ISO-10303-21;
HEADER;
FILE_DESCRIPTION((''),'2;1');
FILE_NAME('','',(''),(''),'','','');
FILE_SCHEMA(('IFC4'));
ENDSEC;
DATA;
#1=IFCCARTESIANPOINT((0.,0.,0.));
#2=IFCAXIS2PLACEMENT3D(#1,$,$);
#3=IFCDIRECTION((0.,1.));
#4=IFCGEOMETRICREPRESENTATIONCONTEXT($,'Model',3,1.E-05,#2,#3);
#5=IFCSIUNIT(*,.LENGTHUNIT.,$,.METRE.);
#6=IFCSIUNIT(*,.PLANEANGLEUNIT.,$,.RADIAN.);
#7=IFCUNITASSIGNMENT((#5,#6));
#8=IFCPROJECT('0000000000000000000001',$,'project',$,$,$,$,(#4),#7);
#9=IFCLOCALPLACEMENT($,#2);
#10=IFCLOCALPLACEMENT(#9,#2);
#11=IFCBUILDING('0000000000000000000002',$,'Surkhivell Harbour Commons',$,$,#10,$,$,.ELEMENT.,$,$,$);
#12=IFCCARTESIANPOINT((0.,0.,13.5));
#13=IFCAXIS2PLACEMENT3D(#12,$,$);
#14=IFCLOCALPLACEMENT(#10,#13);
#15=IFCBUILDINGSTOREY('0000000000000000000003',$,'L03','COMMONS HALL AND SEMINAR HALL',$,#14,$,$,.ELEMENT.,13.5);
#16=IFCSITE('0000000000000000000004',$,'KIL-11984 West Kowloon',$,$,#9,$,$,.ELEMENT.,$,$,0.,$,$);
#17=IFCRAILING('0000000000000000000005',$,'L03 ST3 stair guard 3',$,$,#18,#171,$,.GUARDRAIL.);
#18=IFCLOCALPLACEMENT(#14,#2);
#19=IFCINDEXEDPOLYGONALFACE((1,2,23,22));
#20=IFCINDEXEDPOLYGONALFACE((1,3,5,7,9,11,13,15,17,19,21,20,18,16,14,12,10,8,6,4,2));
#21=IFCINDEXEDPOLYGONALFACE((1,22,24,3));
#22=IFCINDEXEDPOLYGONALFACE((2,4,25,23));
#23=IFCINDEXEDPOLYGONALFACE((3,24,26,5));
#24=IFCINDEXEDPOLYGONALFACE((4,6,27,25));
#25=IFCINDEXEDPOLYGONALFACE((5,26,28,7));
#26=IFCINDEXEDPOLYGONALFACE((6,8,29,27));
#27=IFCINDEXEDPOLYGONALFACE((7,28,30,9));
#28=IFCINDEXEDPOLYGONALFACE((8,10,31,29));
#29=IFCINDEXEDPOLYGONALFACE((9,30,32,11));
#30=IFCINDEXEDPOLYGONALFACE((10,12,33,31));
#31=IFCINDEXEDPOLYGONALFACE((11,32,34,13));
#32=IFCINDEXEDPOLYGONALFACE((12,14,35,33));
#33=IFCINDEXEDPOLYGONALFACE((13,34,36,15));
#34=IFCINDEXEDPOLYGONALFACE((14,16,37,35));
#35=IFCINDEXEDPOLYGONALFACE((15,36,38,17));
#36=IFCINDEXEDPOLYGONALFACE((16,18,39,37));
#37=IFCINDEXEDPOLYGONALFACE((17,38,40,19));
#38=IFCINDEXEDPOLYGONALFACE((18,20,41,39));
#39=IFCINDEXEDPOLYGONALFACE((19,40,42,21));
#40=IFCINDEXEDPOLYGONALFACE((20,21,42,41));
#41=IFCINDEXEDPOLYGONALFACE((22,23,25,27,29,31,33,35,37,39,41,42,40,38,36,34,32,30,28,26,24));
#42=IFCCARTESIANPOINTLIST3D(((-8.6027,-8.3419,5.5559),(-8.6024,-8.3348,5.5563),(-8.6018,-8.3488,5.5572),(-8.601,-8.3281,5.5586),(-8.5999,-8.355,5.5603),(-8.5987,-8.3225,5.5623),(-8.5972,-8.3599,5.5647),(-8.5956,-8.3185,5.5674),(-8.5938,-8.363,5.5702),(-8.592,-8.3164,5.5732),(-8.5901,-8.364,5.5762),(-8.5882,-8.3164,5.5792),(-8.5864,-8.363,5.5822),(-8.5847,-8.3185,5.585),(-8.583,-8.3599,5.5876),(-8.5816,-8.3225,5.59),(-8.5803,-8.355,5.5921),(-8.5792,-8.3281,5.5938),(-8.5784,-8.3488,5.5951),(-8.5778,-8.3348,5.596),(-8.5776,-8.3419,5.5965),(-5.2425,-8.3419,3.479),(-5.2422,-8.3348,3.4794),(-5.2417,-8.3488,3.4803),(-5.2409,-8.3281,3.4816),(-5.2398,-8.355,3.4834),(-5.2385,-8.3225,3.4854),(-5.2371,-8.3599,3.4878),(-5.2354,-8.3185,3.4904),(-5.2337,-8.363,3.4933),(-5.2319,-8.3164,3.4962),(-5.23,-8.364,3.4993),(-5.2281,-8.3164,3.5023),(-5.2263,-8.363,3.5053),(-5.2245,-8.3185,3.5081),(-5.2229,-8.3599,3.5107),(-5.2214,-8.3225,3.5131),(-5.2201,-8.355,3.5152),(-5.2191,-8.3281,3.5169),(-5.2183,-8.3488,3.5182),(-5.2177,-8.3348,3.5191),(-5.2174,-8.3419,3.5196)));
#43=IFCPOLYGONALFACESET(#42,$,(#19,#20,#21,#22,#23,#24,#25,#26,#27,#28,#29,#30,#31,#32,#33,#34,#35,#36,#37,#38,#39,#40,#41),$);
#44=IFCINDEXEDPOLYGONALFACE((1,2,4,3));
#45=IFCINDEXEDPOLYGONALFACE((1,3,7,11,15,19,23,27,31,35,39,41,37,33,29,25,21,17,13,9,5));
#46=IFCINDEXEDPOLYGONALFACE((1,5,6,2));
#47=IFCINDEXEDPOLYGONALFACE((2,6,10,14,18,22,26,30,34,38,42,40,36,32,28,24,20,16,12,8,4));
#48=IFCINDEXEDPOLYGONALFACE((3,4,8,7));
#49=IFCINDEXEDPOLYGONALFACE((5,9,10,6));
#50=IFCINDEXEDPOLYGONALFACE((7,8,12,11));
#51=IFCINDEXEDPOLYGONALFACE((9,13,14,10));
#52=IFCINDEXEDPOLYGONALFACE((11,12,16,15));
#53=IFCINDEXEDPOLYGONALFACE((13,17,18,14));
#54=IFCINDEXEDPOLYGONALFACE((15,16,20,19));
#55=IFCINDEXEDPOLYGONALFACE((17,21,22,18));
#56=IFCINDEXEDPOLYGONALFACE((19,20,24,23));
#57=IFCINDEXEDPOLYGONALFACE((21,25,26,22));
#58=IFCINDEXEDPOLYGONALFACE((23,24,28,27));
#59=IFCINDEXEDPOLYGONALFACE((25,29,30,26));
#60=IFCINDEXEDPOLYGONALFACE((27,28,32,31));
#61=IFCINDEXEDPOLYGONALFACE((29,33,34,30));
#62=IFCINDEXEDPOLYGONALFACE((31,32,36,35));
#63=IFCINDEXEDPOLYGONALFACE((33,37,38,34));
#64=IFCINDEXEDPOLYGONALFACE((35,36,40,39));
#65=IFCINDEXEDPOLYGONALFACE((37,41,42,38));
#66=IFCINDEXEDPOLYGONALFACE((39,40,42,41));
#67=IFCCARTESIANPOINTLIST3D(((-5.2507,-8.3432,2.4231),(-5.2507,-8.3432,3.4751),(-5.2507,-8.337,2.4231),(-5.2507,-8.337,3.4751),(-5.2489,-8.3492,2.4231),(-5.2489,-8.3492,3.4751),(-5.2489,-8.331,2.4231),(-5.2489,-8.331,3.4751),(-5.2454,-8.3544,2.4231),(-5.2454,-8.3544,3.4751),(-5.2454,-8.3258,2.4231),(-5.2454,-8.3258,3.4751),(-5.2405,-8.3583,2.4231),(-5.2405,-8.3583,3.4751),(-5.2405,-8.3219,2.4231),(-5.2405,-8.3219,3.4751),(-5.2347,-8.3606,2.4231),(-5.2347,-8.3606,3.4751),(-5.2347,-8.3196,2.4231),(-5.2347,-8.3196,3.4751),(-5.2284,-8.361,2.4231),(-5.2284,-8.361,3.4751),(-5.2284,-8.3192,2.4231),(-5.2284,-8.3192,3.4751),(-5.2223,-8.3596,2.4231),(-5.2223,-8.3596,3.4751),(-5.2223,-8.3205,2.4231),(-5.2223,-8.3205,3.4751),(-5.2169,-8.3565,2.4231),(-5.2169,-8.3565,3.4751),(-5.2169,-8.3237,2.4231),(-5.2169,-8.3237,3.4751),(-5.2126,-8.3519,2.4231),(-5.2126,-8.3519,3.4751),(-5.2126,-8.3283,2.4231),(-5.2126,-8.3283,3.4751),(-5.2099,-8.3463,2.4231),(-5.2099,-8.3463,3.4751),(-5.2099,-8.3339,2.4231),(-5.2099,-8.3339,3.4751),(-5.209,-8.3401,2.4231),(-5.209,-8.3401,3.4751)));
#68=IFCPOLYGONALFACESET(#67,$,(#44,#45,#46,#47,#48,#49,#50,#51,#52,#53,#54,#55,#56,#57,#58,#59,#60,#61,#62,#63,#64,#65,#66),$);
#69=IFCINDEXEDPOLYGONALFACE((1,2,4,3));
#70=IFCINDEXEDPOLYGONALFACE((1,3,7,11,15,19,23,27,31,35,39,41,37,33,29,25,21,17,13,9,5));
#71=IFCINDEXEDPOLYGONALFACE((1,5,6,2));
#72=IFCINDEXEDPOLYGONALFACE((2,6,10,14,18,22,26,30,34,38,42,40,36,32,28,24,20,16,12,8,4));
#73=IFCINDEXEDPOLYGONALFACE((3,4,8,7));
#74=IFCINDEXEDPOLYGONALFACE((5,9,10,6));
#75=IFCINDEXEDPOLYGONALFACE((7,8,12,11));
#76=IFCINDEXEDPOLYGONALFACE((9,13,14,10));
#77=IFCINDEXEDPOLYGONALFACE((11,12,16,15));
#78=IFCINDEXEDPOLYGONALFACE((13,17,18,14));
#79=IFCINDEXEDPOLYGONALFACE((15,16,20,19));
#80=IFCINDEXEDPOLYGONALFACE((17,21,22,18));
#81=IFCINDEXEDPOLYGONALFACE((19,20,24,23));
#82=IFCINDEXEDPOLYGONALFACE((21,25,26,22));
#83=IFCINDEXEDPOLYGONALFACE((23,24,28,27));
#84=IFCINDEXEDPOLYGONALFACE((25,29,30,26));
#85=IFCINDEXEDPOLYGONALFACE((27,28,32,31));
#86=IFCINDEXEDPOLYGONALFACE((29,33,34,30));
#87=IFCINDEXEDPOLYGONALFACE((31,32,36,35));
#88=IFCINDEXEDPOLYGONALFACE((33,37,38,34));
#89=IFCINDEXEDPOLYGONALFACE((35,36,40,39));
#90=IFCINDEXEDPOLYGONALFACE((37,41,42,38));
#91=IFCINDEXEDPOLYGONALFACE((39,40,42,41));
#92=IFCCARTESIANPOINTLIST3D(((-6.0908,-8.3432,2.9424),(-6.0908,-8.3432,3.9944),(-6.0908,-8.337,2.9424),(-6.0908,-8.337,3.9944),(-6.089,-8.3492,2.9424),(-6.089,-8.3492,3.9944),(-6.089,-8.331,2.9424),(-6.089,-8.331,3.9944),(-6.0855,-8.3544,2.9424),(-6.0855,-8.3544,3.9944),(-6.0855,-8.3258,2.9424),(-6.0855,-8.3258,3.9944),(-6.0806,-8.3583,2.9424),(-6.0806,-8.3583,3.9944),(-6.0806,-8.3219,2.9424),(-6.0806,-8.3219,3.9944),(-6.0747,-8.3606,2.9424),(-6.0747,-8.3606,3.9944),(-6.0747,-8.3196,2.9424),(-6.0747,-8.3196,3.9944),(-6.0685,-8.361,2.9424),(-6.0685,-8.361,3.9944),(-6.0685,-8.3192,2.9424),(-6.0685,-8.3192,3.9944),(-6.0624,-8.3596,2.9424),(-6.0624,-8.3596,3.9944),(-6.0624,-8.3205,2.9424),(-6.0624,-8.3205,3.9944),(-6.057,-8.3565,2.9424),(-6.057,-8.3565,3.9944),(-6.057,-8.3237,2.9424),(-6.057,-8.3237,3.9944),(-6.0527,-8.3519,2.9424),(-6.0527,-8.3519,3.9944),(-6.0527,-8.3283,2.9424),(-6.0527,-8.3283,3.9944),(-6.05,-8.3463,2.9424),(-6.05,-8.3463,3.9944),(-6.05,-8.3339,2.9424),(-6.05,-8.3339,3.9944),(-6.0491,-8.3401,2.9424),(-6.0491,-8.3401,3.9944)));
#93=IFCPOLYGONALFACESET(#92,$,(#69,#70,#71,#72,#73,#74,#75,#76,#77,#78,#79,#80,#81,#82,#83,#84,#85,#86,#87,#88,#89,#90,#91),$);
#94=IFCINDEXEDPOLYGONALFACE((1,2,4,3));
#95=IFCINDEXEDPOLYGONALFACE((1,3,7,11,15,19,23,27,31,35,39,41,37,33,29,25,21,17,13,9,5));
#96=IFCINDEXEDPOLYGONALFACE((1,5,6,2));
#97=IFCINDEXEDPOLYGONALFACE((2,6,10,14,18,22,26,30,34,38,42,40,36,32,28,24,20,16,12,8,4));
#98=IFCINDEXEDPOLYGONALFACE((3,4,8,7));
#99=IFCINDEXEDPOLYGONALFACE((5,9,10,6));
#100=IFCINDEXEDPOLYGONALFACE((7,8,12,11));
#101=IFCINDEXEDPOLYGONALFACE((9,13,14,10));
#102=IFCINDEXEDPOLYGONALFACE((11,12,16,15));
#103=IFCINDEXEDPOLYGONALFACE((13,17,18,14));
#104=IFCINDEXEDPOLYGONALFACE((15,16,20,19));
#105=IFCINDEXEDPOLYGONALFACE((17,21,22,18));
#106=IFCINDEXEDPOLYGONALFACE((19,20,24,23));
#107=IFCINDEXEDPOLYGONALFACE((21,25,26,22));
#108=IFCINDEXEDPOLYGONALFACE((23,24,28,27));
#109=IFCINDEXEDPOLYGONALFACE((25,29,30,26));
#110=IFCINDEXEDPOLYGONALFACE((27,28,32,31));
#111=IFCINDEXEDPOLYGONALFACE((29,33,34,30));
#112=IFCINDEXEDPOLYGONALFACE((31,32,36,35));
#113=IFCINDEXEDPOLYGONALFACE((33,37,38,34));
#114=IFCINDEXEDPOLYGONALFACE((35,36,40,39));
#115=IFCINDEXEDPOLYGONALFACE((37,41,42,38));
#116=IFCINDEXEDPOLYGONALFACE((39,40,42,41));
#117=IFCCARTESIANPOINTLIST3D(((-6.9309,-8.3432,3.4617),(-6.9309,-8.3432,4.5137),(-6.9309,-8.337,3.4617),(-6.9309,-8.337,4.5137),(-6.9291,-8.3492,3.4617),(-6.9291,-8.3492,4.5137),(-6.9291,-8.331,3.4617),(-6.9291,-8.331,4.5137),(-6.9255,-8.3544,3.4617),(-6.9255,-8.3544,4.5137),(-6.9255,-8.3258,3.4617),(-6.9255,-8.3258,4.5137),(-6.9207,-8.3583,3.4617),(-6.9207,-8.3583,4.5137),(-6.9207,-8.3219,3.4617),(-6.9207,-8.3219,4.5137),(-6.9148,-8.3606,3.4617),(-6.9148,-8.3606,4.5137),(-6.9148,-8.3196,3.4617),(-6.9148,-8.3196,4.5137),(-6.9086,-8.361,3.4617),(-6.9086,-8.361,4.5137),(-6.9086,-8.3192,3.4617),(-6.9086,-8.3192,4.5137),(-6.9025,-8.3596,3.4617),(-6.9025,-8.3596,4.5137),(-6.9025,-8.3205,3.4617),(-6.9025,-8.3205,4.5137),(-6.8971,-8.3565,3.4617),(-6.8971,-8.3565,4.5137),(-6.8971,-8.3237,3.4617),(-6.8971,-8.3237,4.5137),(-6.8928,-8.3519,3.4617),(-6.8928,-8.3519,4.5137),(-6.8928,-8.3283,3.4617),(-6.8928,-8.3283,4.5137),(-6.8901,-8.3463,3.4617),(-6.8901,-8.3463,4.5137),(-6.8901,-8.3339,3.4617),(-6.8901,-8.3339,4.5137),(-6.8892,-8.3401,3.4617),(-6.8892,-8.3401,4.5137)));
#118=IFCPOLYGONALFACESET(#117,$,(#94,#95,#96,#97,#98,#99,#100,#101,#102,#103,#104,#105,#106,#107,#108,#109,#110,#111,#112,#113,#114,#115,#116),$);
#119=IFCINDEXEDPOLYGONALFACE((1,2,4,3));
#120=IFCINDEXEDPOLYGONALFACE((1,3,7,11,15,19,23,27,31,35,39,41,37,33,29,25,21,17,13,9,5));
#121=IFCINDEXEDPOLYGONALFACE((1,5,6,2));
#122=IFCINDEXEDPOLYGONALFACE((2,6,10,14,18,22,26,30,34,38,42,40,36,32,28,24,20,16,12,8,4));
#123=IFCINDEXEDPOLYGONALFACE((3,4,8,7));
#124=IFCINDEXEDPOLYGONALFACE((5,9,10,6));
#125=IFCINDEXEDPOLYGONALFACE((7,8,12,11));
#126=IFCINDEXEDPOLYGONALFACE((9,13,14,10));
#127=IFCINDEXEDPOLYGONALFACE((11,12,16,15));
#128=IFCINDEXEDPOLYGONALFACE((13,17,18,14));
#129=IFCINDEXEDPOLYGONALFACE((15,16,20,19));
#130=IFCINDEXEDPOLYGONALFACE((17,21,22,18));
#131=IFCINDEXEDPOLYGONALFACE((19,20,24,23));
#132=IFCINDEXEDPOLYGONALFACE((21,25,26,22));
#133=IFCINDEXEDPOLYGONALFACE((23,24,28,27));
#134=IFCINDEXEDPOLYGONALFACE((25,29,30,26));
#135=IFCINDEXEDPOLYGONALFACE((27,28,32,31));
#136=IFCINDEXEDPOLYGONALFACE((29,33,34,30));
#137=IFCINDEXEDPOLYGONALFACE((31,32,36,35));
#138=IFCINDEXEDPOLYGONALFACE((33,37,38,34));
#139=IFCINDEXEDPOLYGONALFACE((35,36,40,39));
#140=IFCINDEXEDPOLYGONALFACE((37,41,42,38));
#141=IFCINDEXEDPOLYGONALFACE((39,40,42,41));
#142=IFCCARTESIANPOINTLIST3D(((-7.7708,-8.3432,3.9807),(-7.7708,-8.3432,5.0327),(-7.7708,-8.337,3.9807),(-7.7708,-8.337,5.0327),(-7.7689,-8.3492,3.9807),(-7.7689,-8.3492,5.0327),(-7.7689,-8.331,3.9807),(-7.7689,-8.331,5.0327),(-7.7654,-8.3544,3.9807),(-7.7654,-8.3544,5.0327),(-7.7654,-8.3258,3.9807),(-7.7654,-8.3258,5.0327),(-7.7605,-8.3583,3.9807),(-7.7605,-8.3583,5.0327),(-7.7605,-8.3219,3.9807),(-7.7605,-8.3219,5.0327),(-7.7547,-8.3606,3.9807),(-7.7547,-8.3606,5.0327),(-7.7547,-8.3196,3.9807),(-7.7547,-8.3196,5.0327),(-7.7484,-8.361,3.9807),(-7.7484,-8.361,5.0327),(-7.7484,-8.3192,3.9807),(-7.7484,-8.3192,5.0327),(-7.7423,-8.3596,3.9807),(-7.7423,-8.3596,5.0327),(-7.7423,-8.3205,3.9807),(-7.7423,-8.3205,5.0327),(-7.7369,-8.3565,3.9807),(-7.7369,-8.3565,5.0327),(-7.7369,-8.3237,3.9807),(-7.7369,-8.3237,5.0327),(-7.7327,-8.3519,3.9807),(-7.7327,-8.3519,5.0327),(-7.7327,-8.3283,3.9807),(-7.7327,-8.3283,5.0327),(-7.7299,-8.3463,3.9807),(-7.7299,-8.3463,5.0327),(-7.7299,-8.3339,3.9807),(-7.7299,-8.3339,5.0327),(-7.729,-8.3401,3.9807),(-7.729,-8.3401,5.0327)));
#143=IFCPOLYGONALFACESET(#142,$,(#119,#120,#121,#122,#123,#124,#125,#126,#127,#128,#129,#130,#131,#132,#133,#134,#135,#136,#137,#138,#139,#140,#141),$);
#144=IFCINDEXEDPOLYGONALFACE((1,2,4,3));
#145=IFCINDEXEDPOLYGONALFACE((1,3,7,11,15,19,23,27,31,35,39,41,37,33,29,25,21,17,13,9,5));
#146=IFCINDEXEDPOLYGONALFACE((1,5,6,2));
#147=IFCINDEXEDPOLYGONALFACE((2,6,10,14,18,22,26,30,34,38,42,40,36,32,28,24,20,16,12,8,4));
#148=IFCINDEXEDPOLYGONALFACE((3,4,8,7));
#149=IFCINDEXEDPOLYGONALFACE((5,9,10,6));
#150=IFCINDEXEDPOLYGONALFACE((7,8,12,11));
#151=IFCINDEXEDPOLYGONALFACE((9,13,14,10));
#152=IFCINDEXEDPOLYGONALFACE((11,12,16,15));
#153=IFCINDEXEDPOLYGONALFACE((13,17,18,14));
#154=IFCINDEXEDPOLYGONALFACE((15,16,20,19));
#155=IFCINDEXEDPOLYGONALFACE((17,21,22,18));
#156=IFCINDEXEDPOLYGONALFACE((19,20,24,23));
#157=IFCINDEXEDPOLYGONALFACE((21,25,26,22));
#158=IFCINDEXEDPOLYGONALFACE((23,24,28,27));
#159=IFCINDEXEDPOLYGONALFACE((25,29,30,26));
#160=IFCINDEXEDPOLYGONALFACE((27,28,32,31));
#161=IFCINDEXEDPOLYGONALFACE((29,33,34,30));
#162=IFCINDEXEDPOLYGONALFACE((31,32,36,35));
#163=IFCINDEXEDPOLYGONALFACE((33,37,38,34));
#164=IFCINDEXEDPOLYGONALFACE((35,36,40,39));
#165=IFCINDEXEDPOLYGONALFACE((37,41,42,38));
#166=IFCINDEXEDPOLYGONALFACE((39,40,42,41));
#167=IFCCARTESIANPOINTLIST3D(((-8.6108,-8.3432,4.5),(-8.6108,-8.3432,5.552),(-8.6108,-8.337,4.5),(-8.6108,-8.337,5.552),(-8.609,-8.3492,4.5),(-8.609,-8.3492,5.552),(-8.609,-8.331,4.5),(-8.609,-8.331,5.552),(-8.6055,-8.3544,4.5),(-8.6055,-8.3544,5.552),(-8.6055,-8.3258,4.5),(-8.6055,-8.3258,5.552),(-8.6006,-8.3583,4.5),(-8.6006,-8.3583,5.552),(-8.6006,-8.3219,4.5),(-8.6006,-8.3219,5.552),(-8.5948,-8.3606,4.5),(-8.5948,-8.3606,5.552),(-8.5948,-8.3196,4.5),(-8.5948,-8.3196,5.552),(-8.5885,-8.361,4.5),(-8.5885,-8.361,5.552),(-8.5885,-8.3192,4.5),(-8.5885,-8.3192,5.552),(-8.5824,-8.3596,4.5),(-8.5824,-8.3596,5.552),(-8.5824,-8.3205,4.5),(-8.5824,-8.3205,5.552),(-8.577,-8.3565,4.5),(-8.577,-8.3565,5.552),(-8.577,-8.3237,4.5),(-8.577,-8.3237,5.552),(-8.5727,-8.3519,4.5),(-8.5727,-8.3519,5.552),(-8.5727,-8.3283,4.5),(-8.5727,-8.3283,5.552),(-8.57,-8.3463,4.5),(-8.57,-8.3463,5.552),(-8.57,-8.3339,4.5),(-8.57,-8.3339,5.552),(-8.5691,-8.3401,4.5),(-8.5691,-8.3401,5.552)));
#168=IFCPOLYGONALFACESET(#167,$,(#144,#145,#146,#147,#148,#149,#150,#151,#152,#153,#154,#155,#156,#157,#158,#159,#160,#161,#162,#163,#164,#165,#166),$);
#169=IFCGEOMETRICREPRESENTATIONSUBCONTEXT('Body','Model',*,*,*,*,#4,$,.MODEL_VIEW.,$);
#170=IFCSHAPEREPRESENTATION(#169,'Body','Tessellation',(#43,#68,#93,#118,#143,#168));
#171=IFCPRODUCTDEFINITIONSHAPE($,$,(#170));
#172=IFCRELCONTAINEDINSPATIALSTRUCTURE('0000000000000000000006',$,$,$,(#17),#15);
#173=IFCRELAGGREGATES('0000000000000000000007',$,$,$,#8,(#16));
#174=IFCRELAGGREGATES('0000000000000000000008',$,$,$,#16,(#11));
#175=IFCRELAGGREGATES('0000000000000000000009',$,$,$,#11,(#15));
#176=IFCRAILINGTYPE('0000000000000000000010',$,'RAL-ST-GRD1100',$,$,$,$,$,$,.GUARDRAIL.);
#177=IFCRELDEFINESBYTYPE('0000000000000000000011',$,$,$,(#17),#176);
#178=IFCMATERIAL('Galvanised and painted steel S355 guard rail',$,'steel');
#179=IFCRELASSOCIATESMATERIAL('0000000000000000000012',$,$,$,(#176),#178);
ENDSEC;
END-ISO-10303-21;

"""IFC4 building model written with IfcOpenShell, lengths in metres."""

from ifc_helpers import new_model, si_unit, direction, frame, origin, origin_2d, place, context, subcontext, project, spatial, circle, extrude, material, type_object, element, save


model = new_model("IFC4")

# Units and contexts
model_context = context("Model", 3, precision=1e-05, world=origin(), true_north=direction((0.0, 1.0)))
body_context = subcontext(model_context, "Body", "Model", "MODEL_VIEW")
ifc_project = project(units=[si_unit("LENGTHUNIT", "METRE"), si_unit("PLANEANGLEUNIT", "RADIAN")], contexts=[model_context])

# Site, building, storey
site_placement = place(None, origin())
site = spatial("IfcSite", under=ifc_project, at=site_placement, Name="KIL-11984 West Kowloon", CompositionType="ELEMENT", RefElevation=0.0)
building_placement = place(site_placement, origin())
building = spatial("IfcBuilding", under=site, at=building_placement, Name="Surkhivell Harbour Commons", CompositionType="ELEMENT")
storey_placement = place(building_placement, frame((0.0, 0.0, 13.5)))
storey = spatial("IfcBuildingStorey", under=building, at=storey_placement, Name="L03", Description="COMMONS HALL AND SEMINAR HALL", CompositionType="ELEMENT", Elevation=13.5)

# Railing
ifc_material_1 = material(Name="Galvanised and painted steel S355 guard rail", Category="steel")
railing_type_1 = type_object("IfcRailingType", Name="RAL-ST-GRD1100", PredefinedType="GUARDRAIL", material=ifc_material_1)
railing_1_placement = place(storey_placement, frame((-5.23, -8.3401, 2.4231)))
element("IfcRailing", 1, at=railing_1_placement, inside=storey, type_object=railing_type_1, Name="L03 ST3 stair guard 3", PredefinedType="GUARDRAIL", context=body_context, shape_type="SweptSolid", body=[
    extrude(circle(Radius=0.0239, at=origin_2d()), frame((0.0, 0.0, 1.0762), z_axis=(-0.850623, 0.0, 0.525776), x_axis=(0.0, -1.0, 0.0)), (0.0, 0.0, 1.0), 3.9502),
    extrude(circle(Radius=0.021, at=origin_2d()), origin(), (0.0, 0.0, 1.0), 1.052),
    extrude(circle(Radius=0.021, at=origin_2d()), frame((-0.8401, 0.0, 0.5193)), (0.0, 0.0, 1.0), 1.052),
    extrude(circle(Radius=0.021, at=origin_2d()), frame((-1.6802, 0.0, 1.0386)), (0.0, 0.0, 1.0), 1.052),
    extrude(circle(Radius=0.021, at=origin_2d()), frame((-2.52, 0.0, 1.5576)), (0.0, 0.0, 1.0), 1.052),
    extrude(circle(Radius=0.021, at=origin_2d()), frame((-3.3601, 0.0, 2.0769)), (0.0, 0.0, 1.0), 1.052),
])

save(model, "model.ifc")
